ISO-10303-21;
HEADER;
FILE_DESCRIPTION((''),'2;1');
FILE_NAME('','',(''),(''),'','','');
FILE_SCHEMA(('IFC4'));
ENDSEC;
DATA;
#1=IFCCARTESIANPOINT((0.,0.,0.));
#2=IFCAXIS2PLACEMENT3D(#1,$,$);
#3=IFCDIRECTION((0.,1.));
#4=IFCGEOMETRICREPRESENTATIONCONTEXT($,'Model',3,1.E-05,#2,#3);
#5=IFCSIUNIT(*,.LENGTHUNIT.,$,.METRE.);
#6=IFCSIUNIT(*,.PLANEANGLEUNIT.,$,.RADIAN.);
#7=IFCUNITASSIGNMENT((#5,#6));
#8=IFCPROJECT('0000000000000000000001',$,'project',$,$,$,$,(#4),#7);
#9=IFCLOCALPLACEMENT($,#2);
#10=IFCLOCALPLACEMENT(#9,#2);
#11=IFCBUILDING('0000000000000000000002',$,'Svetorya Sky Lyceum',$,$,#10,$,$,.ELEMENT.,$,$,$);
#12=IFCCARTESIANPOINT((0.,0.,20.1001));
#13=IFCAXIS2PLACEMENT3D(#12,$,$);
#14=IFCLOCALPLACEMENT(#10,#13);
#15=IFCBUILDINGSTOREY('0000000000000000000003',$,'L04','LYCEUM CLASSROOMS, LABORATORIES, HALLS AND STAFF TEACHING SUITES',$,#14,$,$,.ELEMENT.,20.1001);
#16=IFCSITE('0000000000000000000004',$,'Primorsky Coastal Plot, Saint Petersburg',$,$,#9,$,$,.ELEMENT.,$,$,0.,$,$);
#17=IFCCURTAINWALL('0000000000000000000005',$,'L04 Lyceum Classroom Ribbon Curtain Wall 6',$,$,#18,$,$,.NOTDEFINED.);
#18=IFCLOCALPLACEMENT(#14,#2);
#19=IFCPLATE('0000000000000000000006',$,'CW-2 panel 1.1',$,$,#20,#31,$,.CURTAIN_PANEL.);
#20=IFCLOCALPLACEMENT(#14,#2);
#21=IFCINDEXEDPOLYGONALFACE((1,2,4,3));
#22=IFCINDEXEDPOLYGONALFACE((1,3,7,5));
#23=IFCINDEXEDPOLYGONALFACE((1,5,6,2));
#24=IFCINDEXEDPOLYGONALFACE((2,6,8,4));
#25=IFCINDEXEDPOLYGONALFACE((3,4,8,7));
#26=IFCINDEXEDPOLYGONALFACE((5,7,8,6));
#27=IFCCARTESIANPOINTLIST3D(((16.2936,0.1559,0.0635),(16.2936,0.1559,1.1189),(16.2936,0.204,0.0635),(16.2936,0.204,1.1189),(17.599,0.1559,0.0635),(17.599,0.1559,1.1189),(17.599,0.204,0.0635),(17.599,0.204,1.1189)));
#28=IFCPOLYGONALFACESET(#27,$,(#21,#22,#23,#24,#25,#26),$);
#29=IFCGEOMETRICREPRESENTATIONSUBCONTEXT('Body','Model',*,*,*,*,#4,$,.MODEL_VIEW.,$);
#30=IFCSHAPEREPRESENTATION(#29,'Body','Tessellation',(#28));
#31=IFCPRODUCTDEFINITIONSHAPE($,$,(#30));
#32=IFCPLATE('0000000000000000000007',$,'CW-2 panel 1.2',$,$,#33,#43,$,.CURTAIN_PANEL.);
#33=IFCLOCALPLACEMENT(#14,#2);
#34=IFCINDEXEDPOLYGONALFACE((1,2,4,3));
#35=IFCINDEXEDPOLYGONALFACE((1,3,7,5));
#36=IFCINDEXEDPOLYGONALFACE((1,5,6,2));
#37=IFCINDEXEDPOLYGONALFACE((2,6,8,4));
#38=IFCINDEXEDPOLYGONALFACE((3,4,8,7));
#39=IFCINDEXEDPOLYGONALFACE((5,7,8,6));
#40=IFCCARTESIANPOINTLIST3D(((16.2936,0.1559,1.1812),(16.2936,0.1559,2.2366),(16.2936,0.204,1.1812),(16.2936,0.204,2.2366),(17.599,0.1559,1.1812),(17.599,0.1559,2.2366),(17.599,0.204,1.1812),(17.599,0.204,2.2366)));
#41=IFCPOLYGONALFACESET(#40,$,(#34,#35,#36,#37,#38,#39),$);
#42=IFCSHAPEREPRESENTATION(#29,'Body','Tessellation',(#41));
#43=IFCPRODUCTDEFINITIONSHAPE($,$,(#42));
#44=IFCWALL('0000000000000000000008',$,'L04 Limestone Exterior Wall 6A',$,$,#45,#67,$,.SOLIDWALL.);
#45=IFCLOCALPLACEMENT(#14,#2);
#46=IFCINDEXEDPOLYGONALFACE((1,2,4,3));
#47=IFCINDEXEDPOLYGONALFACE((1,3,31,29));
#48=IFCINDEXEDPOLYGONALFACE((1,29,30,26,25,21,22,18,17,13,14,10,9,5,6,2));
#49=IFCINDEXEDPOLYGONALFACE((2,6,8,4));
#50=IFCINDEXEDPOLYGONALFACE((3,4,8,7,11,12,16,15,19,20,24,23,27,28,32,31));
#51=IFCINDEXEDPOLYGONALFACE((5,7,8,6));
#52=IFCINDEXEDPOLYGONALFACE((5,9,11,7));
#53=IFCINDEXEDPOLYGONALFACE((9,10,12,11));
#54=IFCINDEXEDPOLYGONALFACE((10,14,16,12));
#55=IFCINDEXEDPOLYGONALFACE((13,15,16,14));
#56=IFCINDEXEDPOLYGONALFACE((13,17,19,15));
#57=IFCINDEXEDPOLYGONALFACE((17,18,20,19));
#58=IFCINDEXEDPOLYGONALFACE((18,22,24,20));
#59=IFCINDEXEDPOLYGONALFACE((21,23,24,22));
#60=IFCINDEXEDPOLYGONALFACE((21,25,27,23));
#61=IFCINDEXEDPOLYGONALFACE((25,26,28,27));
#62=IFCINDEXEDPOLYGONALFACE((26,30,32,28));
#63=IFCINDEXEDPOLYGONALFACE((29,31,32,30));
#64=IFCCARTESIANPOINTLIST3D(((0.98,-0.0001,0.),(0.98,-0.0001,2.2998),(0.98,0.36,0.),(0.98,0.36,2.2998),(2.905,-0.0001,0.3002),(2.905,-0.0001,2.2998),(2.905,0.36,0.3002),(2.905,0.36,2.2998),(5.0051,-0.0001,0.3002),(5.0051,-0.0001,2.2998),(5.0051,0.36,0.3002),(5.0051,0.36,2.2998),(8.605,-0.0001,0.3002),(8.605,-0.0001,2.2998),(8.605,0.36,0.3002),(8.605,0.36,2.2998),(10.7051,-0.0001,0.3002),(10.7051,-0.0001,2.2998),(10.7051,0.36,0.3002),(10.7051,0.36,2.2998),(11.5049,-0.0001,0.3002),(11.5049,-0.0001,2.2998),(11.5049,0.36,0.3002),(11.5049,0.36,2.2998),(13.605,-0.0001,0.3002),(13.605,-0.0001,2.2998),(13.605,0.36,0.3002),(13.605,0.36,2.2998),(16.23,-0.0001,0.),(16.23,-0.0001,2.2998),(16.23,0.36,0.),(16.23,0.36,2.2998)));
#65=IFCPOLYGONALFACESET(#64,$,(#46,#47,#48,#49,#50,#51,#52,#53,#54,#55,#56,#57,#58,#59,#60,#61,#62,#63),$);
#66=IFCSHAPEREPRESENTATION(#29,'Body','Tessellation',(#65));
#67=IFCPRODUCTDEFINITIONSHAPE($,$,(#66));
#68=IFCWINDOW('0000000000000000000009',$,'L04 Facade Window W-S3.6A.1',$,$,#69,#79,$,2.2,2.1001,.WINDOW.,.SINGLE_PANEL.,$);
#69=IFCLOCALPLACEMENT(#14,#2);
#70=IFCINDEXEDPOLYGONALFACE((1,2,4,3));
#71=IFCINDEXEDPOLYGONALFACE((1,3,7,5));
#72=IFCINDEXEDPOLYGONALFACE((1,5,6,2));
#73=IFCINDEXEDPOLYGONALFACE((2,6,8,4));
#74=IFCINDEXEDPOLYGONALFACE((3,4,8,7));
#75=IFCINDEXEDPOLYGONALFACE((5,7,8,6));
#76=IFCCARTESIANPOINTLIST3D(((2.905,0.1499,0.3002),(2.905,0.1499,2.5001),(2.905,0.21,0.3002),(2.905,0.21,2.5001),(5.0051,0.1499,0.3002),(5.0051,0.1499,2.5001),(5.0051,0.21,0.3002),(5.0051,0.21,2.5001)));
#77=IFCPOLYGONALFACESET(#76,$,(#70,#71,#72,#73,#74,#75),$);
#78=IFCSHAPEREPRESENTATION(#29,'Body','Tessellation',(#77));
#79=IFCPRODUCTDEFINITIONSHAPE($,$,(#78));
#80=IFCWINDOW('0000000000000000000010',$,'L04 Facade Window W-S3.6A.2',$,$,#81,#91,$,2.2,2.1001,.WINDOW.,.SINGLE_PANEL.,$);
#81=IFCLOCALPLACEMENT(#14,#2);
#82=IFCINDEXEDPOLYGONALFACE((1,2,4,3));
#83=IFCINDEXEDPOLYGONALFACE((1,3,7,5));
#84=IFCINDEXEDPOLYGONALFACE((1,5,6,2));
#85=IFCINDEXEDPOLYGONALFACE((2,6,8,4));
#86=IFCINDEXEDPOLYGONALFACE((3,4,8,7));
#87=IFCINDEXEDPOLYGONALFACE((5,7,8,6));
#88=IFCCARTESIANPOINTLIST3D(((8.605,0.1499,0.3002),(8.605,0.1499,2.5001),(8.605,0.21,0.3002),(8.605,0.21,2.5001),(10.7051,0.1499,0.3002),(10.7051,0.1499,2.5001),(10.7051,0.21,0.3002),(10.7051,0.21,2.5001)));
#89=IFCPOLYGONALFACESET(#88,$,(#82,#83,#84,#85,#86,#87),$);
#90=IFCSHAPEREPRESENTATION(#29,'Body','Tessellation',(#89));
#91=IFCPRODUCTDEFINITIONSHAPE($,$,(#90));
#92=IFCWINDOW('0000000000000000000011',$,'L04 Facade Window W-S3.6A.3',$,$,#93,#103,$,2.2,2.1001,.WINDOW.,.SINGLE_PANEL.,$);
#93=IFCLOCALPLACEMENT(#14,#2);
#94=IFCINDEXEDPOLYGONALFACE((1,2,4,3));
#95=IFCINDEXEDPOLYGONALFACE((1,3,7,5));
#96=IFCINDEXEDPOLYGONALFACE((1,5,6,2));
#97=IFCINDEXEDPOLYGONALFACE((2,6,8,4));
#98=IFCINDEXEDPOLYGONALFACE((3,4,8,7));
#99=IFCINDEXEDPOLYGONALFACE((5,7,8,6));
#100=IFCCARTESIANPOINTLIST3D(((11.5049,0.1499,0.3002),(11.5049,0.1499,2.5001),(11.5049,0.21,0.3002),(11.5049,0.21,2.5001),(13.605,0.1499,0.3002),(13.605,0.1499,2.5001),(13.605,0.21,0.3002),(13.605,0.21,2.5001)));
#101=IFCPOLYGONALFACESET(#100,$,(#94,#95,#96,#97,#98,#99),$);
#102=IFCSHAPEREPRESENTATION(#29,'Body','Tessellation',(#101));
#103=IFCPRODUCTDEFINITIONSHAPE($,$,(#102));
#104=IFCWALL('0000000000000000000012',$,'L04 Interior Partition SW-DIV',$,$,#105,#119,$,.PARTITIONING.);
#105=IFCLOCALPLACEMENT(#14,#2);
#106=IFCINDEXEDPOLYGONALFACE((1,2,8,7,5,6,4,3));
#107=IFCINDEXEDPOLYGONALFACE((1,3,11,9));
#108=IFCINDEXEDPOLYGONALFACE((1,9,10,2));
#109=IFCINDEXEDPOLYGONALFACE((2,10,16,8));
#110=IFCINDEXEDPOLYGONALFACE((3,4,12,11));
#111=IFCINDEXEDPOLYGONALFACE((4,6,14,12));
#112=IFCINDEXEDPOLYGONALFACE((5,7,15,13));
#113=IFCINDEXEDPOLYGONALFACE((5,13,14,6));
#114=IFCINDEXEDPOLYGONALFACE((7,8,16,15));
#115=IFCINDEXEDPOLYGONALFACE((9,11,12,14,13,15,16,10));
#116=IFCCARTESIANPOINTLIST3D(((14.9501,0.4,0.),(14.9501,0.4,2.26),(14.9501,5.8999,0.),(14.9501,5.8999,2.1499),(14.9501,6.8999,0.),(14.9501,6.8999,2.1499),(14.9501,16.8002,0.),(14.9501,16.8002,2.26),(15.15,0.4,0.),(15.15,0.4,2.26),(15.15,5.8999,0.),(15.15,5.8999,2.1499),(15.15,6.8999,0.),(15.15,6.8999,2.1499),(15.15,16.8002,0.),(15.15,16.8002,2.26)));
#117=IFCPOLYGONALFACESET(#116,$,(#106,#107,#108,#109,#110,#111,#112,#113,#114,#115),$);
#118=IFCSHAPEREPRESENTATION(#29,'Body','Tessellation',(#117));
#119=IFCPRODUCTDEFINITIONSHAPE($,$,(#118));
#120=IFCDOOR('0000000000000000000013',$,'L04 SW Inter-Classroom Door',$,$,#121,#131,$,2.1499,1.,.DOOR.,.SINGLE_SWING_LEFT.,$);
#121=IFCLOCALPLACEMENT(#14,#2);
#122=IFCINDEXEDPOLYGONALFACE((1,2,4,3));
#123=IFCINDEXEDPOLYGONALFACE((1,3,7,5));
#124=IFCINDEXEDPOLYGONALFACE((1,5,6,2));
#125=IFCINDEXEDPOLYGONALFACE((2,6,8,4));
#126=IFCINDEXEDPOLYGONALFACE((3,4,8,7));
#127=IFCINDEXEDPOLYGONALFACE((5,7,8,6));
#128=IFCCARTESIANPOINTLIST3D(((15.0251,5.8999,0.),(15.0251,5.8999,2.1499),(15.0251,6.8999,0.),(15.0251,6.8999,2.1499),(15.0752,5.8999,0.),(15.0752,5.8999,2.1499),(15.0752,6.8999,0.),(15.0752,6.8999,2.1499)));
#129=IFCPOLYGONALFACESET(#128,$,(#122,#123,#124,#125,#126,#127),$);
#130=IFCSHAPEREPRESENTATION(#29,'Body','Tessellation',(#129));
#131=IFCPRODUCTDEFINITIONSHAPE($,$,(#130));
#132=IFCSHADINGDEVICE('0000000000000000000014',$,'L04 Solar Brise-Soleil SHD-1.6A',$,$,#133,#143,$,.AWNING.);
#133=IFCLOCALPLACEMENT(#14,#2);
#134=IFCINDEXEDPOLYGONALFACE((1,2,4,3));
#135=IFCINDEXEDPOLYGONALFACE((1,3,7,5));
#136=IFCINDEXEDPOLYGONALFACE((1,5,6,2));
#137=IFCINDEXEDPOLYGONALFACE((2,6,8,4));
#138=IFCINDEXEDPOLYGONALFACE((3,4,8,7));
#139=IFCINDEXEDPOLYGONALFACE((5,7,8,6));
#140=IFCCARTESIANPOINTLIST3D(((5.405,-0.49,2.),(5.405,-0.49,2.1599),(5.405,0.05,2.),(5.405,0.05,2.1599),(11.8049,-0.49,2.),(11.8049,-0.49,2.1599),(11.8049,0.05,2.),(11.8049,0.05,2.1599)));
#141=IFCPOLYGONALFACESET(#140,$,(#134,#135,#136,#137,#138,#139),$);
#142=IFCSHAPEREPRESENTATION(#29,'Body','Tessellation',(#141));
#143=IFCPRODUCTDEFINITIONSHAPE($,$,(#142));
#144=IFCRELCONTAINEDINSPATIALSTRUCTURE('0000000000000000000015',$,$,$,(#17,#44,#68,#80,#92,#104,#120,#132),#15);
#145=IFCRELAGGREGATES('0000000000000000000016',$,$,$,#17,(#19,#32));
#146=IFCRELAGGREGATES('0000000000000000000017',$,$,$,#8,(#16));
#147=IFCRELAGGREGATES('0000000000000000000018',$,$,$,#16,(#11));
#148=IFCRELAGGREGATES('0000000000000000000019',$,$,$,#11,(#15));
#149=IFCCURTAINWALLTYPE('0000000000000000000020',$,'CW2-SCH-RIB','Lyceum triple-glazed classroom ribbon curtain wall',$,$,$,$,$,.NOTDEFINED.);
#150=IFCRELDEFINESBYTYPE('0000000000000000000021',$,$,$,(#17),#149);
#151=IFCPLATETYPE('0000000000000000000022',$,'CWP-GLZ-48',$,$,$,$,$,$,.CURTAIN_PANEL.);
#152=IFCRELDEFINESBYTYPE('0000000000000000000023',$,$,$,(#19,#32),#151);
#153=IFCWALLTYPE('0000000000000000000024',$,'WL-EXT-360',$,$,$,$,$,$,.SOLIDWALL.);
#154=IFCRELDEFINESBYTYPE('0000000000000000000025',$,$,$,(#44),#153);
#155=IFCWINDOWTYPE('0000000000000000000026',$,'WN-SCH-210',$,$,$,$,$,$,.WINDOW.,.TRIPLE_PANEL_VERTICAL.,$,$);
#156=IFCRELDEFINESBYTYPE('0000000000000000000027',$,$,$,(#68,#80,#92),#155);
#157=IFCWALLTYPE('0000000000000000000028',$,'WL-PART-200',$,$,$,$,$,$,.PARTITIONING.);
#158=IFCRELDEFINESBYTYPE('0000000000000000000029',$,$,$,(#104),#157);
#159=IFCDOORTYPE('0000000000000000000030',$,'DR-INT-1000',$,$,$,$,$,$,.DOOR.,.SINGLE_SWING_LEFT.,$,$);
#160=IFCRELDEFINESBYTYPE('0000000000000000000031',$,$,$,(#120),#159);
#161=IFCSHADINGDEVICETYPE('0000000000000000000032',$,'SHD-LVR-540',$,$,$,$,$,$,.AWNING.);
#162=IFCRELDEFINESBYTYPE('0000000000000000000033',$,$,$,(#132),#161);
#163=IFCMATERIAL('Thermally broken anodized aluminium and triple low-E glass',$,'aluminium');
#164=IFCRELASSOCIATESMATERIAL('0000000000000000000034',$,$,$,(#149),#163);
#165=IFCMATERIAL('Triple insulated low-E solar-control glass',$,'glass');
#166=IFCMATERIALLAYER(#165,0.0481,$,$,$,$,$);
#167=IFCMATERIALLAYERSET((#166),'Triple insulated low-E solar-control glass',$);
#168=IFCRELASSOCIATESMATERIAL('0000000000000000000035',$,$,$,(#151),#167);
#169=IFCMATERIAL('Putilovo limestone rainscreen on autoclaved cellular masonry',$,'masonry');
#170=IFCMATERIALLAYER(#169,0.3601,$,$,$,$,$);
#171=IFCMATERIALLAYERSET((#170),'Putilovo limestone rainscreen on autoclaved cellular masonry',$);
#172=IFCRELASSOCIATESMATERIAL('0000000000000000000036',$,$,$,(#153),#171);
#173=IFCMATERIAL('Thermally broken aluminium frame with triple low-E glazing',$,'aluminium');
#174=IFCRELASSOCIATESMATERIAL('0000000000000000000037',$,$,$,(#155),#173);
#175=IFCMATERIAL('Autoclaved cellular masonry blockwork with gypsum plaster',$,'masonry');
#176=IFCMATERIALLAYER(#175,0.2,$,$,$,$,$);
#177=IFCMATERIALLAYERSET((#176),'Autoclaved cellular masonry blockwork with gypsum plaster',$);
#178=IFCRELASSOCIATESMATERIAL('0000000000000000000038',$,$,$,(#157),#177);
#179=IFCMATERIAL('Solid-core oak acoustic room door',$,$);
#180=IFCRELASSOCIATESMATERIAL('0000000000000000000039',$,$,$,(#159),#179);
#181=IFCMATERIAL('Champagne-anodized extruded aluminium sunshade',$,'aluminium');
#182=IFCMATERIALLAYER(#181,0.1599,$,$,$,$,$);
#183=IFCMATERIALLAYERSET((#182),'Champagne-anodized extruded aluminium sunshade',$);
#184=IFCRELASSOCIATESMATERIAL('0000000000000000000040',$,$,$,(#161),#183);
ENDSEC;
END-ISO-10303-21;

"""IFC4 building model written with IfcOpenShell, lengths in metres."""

from ifc_helpers import new_model, si_unit, direction, frame, frame_2d, origin, origin_2d, place, context, subcontext, project, spatial, rectangle, extrude, material, layer, layer_set, type_object, element, fill, aggregate, save


model = new_model("IFC4")

# Units and contexts
model_context = context("Model", 3, precision=1e-05, world=origin(), true_north=direction((0.0, 1.0)))
body_context = subcontext(model_context, "Body", "Model", "MODEL_VIEW")
ifc_project = project(units=[si_unit("LENGTHUNIT", "METRE"), si_unit("PLANEANGLEUNIT", "RADIAN")], contexts=[model_context])

# Site, building, storey
site_placement = place(None, origin())
site = spatial("IfcSite", under=ifc_project, at=site_placement, Name="Primorsky Coastal Plot, Saint Petersburg", CompositionType="ELEMENT", RefElevation=0.0)
building_placement = place(site_placement, origin())
building = spatial("IfcBuilding", under=site, at=building_placement, Name="Svetorya Sky Lyceum", CompositionType="ELEMENT")
storey_placement = place(building_placement, frame((0.0, 0.0, 20.1001)))
storey = spatial("IfcBuildingStorey", under=building, at=storey_placement, Name="L04", Description="LYCEUM CLASSROOMS, LABORATORIES, HALLS AND STAFF TEACHING SUITES", CompositionType="ELEMENT", Elevation=20.1001)

# Curtain wall, plates
ifc_material_1 = material(Name="Thermally broken anodized aluminium and triple low-E glass", Category="aluminium")
curtain_wall_type = type_object("IfcCurtainWallType", Name="CW2-SCH-RIB", Description="Lyceum triple-glazed classroom ribbon curtain wall", PredefinedType="NOTDEFINED", material=ifc_material_1)
curtain_wall_placement = place(storey_placement, origin())
curtain_wall = element("IfcCurtainWall", 1, at=curtain_wall_placement, inside=storey, type_object=curtain_wall_type, Name="L04 Lyceum Classroom Ribbon Curtain Wall 6", PredefinedType="NOTDEFINED")
ifc_material_2 = material(Name="Triple insulated low-E solar-control glass", Category="glass")
ifc_layer_1 = layer(ifc_material_2, 0.0481)
ifc_layer_set_1 = layer_set([ifc_layer_1], Name="Triple insulated low-E solar-control glass")
plate_type = type_object("IfcPlateType", Name="CWP-GLZ-48", PredefinedType="CURTAIN_PANEL", material=ifc_layer_set_1)
plate_1_placement = place(storey_placement, frame((16.9463, 0.1799, 0.0635), z_axis=(0.0, 0.0, 1.0), x_axis=(1.0, 0.0, 0.0)))
plate_1 = element("IfcPlate", 2, at=plate_1_placement, type_object=plate_type, Name="CW-2 panel 1.1", PredefinedType="CURTAIN_PANEL", context=body_context, shape_type="SweptSolid", body=[
    extrude(rectangle(XDim=1.3054, YDim=0.0481, at=origin_2d()), origin(), (0.0, 0.0, 1.0), 1.0554),
])
plate_2_placement = place(storey_placement, frame((16.9463, 0.1799, 1.1812), z_axis=(0.0, 0.0, 1.0), x_axis=(1.0, 0.0, 0.0)))
plate_2 = element("IfcPlate", 3, at=plate_2_placement, type_object=plate_type, Name="CW-2 panel 1.2", PredefinedType="CURTAIN_PANEL", context=body_context, shape_type="SweptSolid", body=[
    extrude(rectangle(XDim=1.3054, YDim=0.0481, at=origin_2d()), origin(), (0.0, 0.0, 1.0), 1.0554),
])
aggregate(curtain_wall, [plate_1, plate_2])

# Wall, openings, windows
ifc_material_3 = material(Name="Putilovo limestone rainscreen on autoclaved cellular masonry", Category="masonry")
ifc_layer_2 = layer(ifc_material_3, 0.3601)
ifc_layer_set_2 = layer_set([ifc_layer_2], Name="Putilovo limestone rainscreen on autoclaved cellular masonry")
wall_type_1 = type_object("IfcWallType", Name="WL-EXT-360", PredefinedType="SOLIDWALL", material=ifc_layer_set_2)
wall_1_placement = place(storey_placement, frame((0.98, 0.1799, 0.0), z_axis=(0.0, 0.0, 1.0), x_axis=(1.0, 0.0, 0.0)))
wall_1 = element("IfcWall", 4, at=wall_1_placement, inside=storey, type_object=wall_type_1, Name="L04 Limestone Exterior Wall 6A", PredefinedType="SOLIDWALL", context=body_context, shape_type="SweptSolid", body=[
    extrude(rectangle(XDim=15.25, YDim=0.3601, at=frame_2d((7.625, 0.0))), origin(), (0.0, 0.0, 1.0), 2.2998),
])
opening_1_placement = place(wall_1_placement, frame((1.925, 0.0, 0.3)))
opening_1 = element("IfcOpeningElement", 5, at=opening_1_placement, cuts=wall_1, PredefinedType="OPENING", context=body_context, shape_type="SweptSolid", body=[
    extrude(rectangle(XDim=2.1001, YDim=2.2, at=frame_2d((1.05, 1.1001))), frame((0.0, 0.1899, 0.0), z_axis=(0.0, -1.0, 0.0), x_axis=(1.0, 0.0, 0.0)), (0.0, 0.0, 1.0), 0.3801),
])
opening_2_placement = place(wall_1_placement, frame((7.625, 0.0, 0.3)))
opening_2 = element("IfcOpeningElement", 6, at=opening_2_placement, cuts=wall_1, PredefinedType="OPENING", context=body_context, shape_type="SweptSolid", body=[
    extrude(rectangle(XDim=2.1001, YDim=2.2, at=frame_2d((1.05, 1.1001))), frame((0.0, 0.1899, 0.0), z_axis=(0.0, -1.0, 0.0), x_axis=(1.0, 0.0, 0.0)), (0.0, 0.0, 1.0), 0.3801),
])
opening_3_placement = place(wall_1_placement, frame((10.5249, 0.0, 0.3)))
opening_3 = element("IfcOpeningElement", 7, at=opening_3_placement, cuts=wall_1, PredefinedType="OPENING", context=body_context, shape_type="SweptSolid", body=[
    extrude(rectangle(XDim=2.1001, YDim=2.2, at=frame_2d((1.05, 1.1001))), frame((0.0, 0.1899, 0.0), z_axis=(0.0, -1.0, 0.0), x_axis=(1.0, 0.0, 0.0)), (0.0, 0.0, 1.0), 0.3801),
])
ifc_material_4 = material(Name="Thermally broken aluminium frame with triple low-E glazing", Category="aluminium")
window_type = type_object("IfcWindowType", Name="WN-SCH-210", PartitioningType="TRIPLE_PANEL_VERTICAL", PredefinedType="WINDOW", material=ifc_material_4)
window_1_placement = place(opening_1_placement, origin())
window_1 = element("IfcWindow", 8, at=window_1_placement, inside=storey, type_object=window_type, Name="L04 Facade Window W-S3.6A.1", OverallHeight=2.2, OverallWidth=2.1001, PartitioningType="SINGLE_PANEL", PredefinedType="WINDOW", context=body_context, shape_type="SweptSolid", body=[
    extrude(rectangle(XDim=2.1001, YDim=2.2, at=frame_2d((1.05, 1.1001))), frame((0.0, 0.03, 0.0), z_axis=(0.0, -1.0, 0.0), x_axis=(1.0, 0.0, 0.0)), (0.0, 0.0, 1.0), 0.0601),
])
fill(opening_1, window_1)
window_2_placement = place(opening_2_placement, origin())
window_2 = element("IfcWindow", 9, at=window_2_placement, inside=storey, type_object=window_type, Name="L04 Facade Window W-S3.6A.2", OverallHeight=2.2, OverallWidth=2.1001, PartitioningType="SINGLE_PANEL", PredefinedType="WINDOW", context=body_context, shape_type="SweptSolid", body=[
    extrude(rectangle(XDim=2.1001, YDim=2.2, at=frame_2d((1.05, 1.1001))), frame((0.0, 0.03, 0.0), z_axis=(0.0, -1.0, 0.0), x_axis=(1.0, 0.0, 0.0)), (0.0, 0.0, 1.0), 0.0601),
])
fill(opening_2, window_2)
window_3_placement = place(opening_3_placement, origin())
window_3 = element("IfcWindow", 10, at=window_3_placement, inside=storey, type_object=window_type, Name="L04 Facade Window W-S3.6A.3", OverallHeight=2.2, OverallWidth=2.1001, PartitioningType="SINGLE_PANEL", PredefinedType="WINDOW", context=body_context, shape_type="SweptSolid", body=[
    extrude(rectangle(XDim=2.1001, YDim=2.2, at=frame_2d((1.05, 1.1001))), frame((0.0, 0.03, 0.0), z_axis=(0.0, -1.0, 0.0), x_axis=(1.0, 0.0, 0.0)), (0.0, 0.0, 1.0), 0.0601),
])
fill(opening_3, window_3)

# Wall, opening, door
ifc_material_5 = material(Name="Autoclaved cellular masonry blockwork with gypsum plaster", Category="masonry")
ifc_layer_3 = layer(ifc_material_5, 0.2)
ifc_layer_set_3 = layer_set([ifc_layer_3], Name="Autoclaved cellular masonry blockwork with gypsum plaster")
wall_type_2 = type_object("IfcWallType", Name="WL-PART-200", PredefinedType="PARTITIONING", material=ifc_layer_set_3)
wall_2_placement = place(storey_placement, frame((15.05, 0.3999, 0.0), z_axis=(0.0, 0.0, 1.0), x_axis=(0.0, 1.0, 0.0)))
wall_2 = element("IfcWall", 11, at=wall_2_placement, inside=storey, type_object=wall_type_2, Name="L04 Interior Partition SW-DIV", PredefinedType="PARTITIONING", context=body_context, shape_type="SweptSolid", body=[
    extrude(rectangle(XDim=16.4001, YDim=0.2, at=frame_2d((8.2002, 0.0))), origin(), (0.0, 0.0, 1.0), 2.26),
])
opening_4_placement = place(wall_2_placement, frame((5.5, 0.0, 0.0)))
opening_4 = element("IfcOpeningElement", 12, at=opening_4_placement, cuts=wall_2, PredefinedType="OPENING", context=body_context, shape_type="SweptSolid", body=[
    extrude(rectangle(XDim=1.0, YDim=2.1499, at=frame_2d((0.5, 1.075))), frame((0.0, 0.1099, 0.0), z_axis=(0.0, -1.0, 0.0), x_axis=(1.0, 0.0, 0.0)), (0.0, 0.0, 1.0), 0.22),
])
ifc_material_6 = material(Name="Solid-core oak acoustic room door")
door_type = type_object("IfcDoorType", Name="DR-INT-1000", OperationType="SINGLE_SWING_LEFT", PredefinedType="DOOR", material=ifc_material_6)
door_placement = place(opening_4_placement, origin())
door = element("IfcDoor", 13, at=door_placement, inside=storey, type_object=door_type, Name="L04 SW Inter-Classroom Door", OperationType="SINGLE_SWING_LEFT", OverallHeight=2.1499, OverallWidth=1.0, PredefinedType="DOOR", context=body_context, shape_type="SweptSolid", body=[
    extrude(rectangle(XDim=1.0, YDim=2.1499, at=frame_2d((0.5, 1.075))), frame((0.0, 0.0249, 0.0), z_axis=(0.0, -1.0, 0.0), x_axis=(1.0, 0.0, 0.0)), (0.0, 0.0, 1.0), 0.05),
])
fill(opening_4, door)

# Shading device
ifc_material_7 = material(Name="Champagne-anodized extruded aluminium sunshade", Category="aluminium")
ifc_layer_4 = layer(ifc_material_7, 0.1599)
ifc_layer_set_4 = layer_set([ifc_layer_4], Name="Champagne-anodized extruded aluminium sunshade")
shading_device_type = type_object("IfcShadingDeviceType", Name="SHD-LVR-540", PredefinedType="AWNING", material=ifc_layer_set_4)
shading_device_placement = place(storey_placement, frame((8.605, -0.22, 2.0), z_axis=(0.0, 0.0, 1.0), x_axis=(1.0, 0.0, 0.0)))
element("IfcShadingDevice", 14, at=shading_device_placement, inside=storey, type_object=shading_device_type, Name="L04 Solar Brise-Soleil SHD-1.6A", PredefinedType="AWNING", context=body_context, shape_type="SweptSolid", body=[
    extrude(rectangle(XDim=6.3999, YDim=0.54, at=origin_2d()), origin(), (0.0, 0.0, 1.0), 0.1599),
])

save(model, "model.ifc")
